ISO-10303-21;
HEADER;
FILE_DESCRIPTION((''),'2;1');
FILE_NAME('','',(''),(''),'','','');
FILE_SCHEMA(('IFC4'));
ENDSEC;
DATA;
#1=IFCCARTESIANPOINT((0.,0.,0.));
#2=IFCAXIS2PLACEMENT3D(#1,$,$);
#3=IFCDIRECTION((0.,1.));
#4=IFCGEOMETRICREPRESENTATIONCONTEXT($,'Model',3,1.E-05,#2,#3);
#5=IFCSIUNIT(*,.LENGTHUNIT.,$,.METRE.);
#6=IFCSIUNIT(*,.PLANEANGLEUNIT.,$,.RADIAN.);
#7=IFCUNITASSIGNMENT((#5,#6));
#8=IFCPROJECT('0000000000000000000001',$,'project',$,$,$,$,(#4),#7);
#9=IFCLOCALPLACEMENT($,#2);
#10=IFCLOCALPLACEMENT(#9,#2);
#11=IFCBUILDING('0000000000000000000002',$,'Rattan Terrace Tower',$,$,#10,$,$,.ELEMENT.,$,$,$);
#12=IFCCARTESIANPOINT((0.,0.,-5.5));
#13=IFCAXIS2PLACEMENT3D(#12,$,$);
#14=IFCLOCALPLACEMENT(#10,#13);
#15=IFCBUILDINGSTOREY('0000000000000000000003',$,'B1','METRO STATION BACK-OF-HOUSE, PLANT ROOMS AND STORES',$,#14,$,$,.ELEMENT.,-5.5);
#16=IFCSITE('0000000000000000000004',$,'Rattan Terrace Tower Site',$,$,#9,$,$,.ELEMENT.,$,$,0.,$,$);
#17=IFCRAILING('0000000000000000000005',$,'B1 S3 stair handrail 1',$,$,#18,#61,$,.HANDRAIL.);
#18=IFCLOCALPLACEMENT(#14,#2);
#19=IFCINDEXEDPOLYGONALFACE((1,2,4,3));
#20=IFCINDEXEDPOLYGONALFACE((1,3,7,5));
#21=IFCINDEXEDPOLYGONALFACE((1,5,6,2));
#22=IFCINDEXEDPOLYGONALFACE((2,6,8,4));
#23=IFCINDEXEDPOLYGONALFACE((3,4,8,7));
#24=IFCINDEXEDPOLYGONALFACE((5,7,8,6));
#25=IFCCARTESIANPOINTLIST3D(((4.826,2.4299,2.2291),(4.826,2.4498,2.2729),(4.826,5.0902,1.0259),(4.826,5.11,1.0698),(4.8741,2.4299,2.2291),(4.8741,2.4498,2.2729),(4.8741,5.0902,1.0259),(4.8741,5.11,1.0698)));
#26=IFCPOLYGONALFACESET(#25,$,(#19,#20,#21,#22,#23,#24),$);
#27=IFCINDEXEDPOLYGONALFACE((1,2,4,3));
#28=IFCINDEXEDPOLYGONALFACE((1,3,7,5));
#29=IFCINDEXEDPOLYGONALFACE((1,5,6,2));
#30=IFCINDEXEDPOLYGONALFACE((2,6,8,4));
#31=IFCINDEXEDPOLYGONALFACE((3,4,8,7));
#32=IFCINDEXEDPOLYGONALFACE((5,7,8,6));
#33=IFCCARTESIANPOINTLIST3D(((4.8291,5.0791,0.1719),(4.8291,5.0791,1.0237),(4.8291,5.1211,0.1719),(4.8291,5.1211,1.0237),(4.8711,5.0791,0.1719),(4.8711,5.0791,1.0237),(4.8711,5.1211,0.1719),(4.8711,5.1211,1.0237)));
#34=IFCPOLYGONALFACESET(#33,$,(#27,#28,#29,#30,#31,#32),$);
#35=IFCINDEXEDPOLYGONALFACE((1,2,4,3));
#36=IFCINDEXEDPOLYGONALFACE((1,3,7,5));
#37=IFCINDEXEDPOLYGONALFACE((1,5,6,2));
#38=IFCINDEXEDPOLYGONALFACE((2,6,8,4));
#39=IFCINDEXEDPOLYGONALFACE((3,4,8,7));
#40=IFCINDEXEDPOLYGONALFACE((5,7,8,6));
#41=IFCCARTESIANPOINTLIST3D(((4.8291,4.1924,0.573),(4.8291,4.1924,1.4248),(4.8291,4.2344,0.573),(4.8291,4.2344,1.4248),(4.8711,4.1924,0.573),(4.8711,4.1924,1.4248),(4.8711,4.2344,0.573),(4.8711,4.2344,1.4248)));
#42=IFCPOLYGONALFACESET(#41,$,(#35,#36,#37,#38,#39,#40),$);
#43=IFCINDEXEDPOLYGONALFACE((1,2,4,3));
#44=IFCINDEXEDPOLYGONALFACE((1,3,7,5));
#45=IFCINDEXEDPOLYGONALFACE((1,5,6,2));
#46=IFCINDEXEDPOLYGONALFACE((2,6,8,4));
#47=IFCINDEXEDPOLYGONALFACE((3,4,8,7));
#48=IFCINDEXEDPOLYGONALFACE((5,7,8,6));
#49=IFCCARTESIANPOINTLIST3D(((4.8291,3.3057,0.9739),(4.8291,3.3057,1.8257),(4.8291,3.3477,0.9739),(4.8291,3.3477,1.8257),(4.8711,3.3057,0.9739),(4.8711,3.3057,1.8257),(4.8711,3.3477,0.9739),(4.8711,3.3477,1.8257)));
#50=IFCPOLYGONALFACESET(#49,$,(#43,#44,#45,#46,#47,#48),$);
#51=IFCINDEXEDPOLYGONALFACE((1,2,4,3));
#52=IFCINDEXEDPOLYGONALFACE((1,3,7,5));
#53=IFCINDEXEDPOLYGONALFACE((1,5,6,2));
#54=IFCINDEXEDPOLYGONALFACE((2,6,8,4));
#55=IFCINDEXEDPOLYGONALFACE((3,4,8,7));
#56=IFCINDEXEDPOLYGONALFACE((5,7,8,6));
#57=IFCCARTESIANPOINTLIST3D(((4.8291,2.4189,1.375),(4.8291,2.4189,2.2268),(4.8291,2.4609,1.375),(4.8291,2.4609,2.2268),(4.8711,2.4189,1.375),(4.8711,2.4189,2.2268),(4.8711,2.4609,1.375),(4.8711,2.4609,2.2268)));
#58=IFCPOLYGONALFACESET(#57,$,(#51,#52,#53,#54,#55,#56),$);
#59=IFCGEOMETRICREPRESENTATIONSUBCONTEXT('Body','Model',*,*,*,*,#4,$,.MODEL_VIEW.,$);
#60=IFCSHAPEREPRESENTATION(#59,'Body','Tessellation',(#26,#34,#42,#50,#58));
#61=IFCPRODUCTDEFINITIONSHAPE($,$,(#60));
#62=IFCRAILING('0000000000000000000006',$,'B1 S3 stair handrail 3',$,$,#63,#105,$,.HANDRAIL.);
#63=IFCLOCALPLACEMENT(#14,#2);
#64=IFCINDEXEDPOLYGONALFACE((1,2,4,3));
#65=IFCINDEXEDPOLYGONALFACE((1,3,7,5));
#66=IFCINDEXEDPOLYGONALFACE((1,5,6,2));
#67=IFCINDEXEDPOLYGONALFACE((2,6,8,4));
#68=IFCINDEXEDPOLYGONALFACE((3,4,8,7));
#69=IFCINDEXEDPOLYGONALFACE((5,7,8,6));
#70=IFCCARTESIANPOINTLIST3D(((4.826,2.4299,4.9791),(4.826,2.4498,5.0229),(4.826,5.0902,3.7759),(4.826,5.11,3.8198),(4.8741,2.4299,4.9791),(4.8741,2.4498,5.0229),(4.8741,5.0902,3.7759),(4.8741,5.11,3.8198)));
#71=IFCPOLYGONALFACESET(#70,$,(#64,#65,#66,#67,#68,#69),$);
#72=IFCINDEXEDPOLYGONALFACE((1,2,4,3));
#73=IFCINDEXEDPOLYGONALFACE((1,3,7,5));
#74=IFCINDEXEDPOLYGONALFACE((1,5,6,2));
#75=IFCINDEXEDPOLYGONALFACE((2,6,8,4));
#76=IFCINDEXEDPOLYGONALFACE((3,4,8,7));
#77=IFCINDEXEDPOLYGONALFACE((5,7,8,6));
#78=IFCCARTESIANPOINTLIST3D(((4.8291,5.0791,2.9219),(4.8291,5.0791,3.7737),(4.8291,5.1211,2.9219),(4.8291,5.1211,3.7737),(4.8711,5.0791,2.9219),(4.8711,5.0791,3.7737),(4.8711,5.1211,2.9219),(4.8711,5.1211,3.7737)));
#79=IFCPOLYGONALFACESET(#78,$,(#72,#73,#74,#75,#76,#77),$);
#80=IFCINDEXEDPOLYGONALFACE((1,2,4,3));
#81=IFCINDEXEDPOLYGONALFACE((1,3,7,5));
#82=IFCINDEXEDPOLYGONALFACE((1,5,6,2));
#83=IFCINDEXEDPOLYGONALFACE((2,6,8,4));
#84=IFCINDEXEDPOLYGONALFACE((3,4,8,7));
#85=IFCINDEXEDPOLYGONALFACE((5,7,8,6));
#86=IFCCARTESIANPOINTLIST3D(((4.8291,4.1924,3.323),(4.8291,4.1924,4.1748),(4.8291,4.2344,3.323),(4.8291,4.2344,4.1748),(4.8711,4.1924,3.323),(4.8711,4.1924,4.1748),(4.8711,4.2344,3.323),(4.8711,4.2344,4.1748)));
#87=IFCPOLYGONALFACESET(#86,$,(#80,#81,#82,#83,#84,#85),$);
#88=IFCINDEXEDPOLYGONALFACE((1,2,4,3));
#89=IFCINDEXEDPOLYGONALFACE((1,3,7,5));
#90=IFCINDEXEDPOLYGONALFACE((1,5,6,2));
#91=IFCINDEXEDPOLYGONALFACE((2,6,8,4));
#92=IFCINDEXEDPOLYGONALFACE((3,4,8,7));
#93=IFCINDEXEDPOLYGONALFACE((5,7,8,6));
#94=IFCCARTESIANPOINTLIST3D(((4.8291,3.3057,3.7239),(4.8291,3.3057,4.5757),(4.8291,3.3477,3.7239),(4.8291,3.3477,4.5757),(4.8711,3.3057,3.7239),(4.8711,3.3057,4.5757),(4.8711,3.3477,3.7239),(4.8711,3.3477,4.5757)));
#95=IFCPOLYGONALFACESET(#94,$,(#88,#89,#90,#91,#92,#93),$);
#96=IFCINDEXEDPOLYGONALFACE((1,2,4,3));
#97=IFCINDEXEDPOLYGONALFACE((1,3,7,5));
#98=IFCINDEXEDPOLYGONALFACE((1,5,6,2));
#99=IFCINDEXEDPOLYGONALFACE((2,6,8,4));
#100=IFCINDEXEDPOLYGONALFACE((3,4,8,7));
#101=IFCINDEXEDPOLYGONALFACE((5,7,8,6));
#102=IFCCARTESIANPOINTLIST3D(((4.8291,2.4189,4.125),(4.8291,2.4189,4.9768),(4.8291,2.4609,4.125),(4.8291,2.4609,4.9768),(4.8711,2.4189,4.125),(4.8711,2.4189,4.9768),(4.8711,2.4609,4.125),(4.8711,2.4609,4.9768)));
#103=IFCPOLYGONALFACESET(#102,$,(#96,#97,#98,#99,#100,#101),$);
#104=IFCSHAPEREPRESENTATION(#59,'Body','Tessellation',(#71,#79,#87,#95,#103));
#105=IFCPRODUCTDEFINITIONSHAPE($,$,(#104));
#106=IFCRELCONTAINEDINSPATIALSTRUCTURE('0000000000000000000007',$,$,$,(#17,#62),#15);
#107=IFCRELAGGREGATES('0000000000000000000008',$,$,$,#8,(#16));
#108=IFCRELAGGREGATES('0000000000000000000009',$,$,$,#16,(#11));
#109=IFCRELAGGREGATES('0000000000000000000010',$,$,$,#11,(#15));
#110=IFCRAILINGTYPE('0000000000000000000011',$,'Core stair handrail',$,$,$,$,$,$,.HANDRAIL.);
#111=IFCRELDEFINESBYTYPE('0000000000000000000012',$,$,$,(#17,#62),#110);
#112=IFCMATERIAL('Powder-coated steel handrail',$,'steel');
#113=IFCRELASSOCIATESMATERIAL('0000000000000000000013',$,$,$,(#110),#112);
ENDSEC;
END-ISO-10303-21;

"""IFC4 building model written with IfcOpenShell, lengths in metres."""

from ifc_helpers import new_model, si_unit, direction, frame, origin, origin_2d, place, context, subcontext, project, spatial, rectangle, extrude, material, type_object, element, save


model = new_model("IFC4")

# Units and contexts
model_context = context("Model", 3, precision=1e-05, world=origin(), true_north=direction((0.0, 1.0)))
body_context = subcontext(model_context, "Body", "Model", "MODEL_VIEW")
ifc_project = project(units=[si_unit("LENGTHUNIT", "METRE"), si_unit("PLANEANGLEUNIT", "RADIAN")], contexts=[model_context])

# Site, building, storey
site_placement = place(None, origin())
site = spatial("IfcSite", under=ifc_project, at=site_placement, Name="Rattan Terrace Tower Site", CompositionType="ELEMENT", RefElevation=0.0)
building_placement = place(site_placement, origin())
building = spatial("IfcBuilding", under=site, at=building_placement, Name="Rattan Terrace Tower", CompositionType="ELEMENT")
storey_placement = place(building_placement, frame((0.0, 0.0, -5.5)))
storey = spatial("IfcBuildingStorey", under=building, at=storey_placement, Name="B1", Description="METRO STATION BACK-OF-HOUSE, PLANT ROOMS AND STORES", CompositionType="ELEMENT", Elevation=-5.5)

# Railings
ifc_material_1 = material(Name="Powder-coated steel handrail", Category="steel")
railing_type = type_object("IfcRailingType", Name="Core stair handrail", PredefinedType="HANDRAIL", material=ifc_material_1)
for number, where, name in (
    (1, (4.8501, 5.1001, 0.1719), "B1 S3 stair handrail 1"),
    (2, (4.8501, 5.1001, 2.9219), "B1 S3 stair handrail 3"),
):
    element("IfcRailing", number, at=place(storey_placement, frame(where)), inside=storey, type_object=railing_type, Name=name, PredefinedType="HANDRAIL", context=body_context, shape_type="SweptSolid", body=[
        extrude(rectangle(XDim=0.0481, YDim=0.0481, at=origin_2d()), frame((0.0, 0.0, 0.876), z_axis=(0.0, -0.911144, 0.412089), x_axis=(1.0, 0.0, 0.0)), (0.0, 0.0, 1.0), 2.9197),
        extrude(rectangle(XDim=0.042, YDim=0.042, at=origin_2d()), origin(), (0.0, 0.0, 1.0), 0.8518),
        extrude(rectangle(XDim=0.042, YDim=0.042, at=origin_2d()), frame((0.0, -0.8867, 0.4011)), (0.0, 0.0, 1.0), 0.8518),
        extrude(rectangle(XDim=0.042, YDim=0.042, at=origin_2d()), frame((0.0, -1.7734, 0.802)), (0.0, 0.0, 1.0), 0.8518),
        extrude(rectangle(XDim=0.042, YDim=0.042, at=origin_2d()), frame((0.0, -2.6602, 1.2031)), (0.0, 0.0, 1.0), 0.8518),
    ])

save(model, "model.ifc")
